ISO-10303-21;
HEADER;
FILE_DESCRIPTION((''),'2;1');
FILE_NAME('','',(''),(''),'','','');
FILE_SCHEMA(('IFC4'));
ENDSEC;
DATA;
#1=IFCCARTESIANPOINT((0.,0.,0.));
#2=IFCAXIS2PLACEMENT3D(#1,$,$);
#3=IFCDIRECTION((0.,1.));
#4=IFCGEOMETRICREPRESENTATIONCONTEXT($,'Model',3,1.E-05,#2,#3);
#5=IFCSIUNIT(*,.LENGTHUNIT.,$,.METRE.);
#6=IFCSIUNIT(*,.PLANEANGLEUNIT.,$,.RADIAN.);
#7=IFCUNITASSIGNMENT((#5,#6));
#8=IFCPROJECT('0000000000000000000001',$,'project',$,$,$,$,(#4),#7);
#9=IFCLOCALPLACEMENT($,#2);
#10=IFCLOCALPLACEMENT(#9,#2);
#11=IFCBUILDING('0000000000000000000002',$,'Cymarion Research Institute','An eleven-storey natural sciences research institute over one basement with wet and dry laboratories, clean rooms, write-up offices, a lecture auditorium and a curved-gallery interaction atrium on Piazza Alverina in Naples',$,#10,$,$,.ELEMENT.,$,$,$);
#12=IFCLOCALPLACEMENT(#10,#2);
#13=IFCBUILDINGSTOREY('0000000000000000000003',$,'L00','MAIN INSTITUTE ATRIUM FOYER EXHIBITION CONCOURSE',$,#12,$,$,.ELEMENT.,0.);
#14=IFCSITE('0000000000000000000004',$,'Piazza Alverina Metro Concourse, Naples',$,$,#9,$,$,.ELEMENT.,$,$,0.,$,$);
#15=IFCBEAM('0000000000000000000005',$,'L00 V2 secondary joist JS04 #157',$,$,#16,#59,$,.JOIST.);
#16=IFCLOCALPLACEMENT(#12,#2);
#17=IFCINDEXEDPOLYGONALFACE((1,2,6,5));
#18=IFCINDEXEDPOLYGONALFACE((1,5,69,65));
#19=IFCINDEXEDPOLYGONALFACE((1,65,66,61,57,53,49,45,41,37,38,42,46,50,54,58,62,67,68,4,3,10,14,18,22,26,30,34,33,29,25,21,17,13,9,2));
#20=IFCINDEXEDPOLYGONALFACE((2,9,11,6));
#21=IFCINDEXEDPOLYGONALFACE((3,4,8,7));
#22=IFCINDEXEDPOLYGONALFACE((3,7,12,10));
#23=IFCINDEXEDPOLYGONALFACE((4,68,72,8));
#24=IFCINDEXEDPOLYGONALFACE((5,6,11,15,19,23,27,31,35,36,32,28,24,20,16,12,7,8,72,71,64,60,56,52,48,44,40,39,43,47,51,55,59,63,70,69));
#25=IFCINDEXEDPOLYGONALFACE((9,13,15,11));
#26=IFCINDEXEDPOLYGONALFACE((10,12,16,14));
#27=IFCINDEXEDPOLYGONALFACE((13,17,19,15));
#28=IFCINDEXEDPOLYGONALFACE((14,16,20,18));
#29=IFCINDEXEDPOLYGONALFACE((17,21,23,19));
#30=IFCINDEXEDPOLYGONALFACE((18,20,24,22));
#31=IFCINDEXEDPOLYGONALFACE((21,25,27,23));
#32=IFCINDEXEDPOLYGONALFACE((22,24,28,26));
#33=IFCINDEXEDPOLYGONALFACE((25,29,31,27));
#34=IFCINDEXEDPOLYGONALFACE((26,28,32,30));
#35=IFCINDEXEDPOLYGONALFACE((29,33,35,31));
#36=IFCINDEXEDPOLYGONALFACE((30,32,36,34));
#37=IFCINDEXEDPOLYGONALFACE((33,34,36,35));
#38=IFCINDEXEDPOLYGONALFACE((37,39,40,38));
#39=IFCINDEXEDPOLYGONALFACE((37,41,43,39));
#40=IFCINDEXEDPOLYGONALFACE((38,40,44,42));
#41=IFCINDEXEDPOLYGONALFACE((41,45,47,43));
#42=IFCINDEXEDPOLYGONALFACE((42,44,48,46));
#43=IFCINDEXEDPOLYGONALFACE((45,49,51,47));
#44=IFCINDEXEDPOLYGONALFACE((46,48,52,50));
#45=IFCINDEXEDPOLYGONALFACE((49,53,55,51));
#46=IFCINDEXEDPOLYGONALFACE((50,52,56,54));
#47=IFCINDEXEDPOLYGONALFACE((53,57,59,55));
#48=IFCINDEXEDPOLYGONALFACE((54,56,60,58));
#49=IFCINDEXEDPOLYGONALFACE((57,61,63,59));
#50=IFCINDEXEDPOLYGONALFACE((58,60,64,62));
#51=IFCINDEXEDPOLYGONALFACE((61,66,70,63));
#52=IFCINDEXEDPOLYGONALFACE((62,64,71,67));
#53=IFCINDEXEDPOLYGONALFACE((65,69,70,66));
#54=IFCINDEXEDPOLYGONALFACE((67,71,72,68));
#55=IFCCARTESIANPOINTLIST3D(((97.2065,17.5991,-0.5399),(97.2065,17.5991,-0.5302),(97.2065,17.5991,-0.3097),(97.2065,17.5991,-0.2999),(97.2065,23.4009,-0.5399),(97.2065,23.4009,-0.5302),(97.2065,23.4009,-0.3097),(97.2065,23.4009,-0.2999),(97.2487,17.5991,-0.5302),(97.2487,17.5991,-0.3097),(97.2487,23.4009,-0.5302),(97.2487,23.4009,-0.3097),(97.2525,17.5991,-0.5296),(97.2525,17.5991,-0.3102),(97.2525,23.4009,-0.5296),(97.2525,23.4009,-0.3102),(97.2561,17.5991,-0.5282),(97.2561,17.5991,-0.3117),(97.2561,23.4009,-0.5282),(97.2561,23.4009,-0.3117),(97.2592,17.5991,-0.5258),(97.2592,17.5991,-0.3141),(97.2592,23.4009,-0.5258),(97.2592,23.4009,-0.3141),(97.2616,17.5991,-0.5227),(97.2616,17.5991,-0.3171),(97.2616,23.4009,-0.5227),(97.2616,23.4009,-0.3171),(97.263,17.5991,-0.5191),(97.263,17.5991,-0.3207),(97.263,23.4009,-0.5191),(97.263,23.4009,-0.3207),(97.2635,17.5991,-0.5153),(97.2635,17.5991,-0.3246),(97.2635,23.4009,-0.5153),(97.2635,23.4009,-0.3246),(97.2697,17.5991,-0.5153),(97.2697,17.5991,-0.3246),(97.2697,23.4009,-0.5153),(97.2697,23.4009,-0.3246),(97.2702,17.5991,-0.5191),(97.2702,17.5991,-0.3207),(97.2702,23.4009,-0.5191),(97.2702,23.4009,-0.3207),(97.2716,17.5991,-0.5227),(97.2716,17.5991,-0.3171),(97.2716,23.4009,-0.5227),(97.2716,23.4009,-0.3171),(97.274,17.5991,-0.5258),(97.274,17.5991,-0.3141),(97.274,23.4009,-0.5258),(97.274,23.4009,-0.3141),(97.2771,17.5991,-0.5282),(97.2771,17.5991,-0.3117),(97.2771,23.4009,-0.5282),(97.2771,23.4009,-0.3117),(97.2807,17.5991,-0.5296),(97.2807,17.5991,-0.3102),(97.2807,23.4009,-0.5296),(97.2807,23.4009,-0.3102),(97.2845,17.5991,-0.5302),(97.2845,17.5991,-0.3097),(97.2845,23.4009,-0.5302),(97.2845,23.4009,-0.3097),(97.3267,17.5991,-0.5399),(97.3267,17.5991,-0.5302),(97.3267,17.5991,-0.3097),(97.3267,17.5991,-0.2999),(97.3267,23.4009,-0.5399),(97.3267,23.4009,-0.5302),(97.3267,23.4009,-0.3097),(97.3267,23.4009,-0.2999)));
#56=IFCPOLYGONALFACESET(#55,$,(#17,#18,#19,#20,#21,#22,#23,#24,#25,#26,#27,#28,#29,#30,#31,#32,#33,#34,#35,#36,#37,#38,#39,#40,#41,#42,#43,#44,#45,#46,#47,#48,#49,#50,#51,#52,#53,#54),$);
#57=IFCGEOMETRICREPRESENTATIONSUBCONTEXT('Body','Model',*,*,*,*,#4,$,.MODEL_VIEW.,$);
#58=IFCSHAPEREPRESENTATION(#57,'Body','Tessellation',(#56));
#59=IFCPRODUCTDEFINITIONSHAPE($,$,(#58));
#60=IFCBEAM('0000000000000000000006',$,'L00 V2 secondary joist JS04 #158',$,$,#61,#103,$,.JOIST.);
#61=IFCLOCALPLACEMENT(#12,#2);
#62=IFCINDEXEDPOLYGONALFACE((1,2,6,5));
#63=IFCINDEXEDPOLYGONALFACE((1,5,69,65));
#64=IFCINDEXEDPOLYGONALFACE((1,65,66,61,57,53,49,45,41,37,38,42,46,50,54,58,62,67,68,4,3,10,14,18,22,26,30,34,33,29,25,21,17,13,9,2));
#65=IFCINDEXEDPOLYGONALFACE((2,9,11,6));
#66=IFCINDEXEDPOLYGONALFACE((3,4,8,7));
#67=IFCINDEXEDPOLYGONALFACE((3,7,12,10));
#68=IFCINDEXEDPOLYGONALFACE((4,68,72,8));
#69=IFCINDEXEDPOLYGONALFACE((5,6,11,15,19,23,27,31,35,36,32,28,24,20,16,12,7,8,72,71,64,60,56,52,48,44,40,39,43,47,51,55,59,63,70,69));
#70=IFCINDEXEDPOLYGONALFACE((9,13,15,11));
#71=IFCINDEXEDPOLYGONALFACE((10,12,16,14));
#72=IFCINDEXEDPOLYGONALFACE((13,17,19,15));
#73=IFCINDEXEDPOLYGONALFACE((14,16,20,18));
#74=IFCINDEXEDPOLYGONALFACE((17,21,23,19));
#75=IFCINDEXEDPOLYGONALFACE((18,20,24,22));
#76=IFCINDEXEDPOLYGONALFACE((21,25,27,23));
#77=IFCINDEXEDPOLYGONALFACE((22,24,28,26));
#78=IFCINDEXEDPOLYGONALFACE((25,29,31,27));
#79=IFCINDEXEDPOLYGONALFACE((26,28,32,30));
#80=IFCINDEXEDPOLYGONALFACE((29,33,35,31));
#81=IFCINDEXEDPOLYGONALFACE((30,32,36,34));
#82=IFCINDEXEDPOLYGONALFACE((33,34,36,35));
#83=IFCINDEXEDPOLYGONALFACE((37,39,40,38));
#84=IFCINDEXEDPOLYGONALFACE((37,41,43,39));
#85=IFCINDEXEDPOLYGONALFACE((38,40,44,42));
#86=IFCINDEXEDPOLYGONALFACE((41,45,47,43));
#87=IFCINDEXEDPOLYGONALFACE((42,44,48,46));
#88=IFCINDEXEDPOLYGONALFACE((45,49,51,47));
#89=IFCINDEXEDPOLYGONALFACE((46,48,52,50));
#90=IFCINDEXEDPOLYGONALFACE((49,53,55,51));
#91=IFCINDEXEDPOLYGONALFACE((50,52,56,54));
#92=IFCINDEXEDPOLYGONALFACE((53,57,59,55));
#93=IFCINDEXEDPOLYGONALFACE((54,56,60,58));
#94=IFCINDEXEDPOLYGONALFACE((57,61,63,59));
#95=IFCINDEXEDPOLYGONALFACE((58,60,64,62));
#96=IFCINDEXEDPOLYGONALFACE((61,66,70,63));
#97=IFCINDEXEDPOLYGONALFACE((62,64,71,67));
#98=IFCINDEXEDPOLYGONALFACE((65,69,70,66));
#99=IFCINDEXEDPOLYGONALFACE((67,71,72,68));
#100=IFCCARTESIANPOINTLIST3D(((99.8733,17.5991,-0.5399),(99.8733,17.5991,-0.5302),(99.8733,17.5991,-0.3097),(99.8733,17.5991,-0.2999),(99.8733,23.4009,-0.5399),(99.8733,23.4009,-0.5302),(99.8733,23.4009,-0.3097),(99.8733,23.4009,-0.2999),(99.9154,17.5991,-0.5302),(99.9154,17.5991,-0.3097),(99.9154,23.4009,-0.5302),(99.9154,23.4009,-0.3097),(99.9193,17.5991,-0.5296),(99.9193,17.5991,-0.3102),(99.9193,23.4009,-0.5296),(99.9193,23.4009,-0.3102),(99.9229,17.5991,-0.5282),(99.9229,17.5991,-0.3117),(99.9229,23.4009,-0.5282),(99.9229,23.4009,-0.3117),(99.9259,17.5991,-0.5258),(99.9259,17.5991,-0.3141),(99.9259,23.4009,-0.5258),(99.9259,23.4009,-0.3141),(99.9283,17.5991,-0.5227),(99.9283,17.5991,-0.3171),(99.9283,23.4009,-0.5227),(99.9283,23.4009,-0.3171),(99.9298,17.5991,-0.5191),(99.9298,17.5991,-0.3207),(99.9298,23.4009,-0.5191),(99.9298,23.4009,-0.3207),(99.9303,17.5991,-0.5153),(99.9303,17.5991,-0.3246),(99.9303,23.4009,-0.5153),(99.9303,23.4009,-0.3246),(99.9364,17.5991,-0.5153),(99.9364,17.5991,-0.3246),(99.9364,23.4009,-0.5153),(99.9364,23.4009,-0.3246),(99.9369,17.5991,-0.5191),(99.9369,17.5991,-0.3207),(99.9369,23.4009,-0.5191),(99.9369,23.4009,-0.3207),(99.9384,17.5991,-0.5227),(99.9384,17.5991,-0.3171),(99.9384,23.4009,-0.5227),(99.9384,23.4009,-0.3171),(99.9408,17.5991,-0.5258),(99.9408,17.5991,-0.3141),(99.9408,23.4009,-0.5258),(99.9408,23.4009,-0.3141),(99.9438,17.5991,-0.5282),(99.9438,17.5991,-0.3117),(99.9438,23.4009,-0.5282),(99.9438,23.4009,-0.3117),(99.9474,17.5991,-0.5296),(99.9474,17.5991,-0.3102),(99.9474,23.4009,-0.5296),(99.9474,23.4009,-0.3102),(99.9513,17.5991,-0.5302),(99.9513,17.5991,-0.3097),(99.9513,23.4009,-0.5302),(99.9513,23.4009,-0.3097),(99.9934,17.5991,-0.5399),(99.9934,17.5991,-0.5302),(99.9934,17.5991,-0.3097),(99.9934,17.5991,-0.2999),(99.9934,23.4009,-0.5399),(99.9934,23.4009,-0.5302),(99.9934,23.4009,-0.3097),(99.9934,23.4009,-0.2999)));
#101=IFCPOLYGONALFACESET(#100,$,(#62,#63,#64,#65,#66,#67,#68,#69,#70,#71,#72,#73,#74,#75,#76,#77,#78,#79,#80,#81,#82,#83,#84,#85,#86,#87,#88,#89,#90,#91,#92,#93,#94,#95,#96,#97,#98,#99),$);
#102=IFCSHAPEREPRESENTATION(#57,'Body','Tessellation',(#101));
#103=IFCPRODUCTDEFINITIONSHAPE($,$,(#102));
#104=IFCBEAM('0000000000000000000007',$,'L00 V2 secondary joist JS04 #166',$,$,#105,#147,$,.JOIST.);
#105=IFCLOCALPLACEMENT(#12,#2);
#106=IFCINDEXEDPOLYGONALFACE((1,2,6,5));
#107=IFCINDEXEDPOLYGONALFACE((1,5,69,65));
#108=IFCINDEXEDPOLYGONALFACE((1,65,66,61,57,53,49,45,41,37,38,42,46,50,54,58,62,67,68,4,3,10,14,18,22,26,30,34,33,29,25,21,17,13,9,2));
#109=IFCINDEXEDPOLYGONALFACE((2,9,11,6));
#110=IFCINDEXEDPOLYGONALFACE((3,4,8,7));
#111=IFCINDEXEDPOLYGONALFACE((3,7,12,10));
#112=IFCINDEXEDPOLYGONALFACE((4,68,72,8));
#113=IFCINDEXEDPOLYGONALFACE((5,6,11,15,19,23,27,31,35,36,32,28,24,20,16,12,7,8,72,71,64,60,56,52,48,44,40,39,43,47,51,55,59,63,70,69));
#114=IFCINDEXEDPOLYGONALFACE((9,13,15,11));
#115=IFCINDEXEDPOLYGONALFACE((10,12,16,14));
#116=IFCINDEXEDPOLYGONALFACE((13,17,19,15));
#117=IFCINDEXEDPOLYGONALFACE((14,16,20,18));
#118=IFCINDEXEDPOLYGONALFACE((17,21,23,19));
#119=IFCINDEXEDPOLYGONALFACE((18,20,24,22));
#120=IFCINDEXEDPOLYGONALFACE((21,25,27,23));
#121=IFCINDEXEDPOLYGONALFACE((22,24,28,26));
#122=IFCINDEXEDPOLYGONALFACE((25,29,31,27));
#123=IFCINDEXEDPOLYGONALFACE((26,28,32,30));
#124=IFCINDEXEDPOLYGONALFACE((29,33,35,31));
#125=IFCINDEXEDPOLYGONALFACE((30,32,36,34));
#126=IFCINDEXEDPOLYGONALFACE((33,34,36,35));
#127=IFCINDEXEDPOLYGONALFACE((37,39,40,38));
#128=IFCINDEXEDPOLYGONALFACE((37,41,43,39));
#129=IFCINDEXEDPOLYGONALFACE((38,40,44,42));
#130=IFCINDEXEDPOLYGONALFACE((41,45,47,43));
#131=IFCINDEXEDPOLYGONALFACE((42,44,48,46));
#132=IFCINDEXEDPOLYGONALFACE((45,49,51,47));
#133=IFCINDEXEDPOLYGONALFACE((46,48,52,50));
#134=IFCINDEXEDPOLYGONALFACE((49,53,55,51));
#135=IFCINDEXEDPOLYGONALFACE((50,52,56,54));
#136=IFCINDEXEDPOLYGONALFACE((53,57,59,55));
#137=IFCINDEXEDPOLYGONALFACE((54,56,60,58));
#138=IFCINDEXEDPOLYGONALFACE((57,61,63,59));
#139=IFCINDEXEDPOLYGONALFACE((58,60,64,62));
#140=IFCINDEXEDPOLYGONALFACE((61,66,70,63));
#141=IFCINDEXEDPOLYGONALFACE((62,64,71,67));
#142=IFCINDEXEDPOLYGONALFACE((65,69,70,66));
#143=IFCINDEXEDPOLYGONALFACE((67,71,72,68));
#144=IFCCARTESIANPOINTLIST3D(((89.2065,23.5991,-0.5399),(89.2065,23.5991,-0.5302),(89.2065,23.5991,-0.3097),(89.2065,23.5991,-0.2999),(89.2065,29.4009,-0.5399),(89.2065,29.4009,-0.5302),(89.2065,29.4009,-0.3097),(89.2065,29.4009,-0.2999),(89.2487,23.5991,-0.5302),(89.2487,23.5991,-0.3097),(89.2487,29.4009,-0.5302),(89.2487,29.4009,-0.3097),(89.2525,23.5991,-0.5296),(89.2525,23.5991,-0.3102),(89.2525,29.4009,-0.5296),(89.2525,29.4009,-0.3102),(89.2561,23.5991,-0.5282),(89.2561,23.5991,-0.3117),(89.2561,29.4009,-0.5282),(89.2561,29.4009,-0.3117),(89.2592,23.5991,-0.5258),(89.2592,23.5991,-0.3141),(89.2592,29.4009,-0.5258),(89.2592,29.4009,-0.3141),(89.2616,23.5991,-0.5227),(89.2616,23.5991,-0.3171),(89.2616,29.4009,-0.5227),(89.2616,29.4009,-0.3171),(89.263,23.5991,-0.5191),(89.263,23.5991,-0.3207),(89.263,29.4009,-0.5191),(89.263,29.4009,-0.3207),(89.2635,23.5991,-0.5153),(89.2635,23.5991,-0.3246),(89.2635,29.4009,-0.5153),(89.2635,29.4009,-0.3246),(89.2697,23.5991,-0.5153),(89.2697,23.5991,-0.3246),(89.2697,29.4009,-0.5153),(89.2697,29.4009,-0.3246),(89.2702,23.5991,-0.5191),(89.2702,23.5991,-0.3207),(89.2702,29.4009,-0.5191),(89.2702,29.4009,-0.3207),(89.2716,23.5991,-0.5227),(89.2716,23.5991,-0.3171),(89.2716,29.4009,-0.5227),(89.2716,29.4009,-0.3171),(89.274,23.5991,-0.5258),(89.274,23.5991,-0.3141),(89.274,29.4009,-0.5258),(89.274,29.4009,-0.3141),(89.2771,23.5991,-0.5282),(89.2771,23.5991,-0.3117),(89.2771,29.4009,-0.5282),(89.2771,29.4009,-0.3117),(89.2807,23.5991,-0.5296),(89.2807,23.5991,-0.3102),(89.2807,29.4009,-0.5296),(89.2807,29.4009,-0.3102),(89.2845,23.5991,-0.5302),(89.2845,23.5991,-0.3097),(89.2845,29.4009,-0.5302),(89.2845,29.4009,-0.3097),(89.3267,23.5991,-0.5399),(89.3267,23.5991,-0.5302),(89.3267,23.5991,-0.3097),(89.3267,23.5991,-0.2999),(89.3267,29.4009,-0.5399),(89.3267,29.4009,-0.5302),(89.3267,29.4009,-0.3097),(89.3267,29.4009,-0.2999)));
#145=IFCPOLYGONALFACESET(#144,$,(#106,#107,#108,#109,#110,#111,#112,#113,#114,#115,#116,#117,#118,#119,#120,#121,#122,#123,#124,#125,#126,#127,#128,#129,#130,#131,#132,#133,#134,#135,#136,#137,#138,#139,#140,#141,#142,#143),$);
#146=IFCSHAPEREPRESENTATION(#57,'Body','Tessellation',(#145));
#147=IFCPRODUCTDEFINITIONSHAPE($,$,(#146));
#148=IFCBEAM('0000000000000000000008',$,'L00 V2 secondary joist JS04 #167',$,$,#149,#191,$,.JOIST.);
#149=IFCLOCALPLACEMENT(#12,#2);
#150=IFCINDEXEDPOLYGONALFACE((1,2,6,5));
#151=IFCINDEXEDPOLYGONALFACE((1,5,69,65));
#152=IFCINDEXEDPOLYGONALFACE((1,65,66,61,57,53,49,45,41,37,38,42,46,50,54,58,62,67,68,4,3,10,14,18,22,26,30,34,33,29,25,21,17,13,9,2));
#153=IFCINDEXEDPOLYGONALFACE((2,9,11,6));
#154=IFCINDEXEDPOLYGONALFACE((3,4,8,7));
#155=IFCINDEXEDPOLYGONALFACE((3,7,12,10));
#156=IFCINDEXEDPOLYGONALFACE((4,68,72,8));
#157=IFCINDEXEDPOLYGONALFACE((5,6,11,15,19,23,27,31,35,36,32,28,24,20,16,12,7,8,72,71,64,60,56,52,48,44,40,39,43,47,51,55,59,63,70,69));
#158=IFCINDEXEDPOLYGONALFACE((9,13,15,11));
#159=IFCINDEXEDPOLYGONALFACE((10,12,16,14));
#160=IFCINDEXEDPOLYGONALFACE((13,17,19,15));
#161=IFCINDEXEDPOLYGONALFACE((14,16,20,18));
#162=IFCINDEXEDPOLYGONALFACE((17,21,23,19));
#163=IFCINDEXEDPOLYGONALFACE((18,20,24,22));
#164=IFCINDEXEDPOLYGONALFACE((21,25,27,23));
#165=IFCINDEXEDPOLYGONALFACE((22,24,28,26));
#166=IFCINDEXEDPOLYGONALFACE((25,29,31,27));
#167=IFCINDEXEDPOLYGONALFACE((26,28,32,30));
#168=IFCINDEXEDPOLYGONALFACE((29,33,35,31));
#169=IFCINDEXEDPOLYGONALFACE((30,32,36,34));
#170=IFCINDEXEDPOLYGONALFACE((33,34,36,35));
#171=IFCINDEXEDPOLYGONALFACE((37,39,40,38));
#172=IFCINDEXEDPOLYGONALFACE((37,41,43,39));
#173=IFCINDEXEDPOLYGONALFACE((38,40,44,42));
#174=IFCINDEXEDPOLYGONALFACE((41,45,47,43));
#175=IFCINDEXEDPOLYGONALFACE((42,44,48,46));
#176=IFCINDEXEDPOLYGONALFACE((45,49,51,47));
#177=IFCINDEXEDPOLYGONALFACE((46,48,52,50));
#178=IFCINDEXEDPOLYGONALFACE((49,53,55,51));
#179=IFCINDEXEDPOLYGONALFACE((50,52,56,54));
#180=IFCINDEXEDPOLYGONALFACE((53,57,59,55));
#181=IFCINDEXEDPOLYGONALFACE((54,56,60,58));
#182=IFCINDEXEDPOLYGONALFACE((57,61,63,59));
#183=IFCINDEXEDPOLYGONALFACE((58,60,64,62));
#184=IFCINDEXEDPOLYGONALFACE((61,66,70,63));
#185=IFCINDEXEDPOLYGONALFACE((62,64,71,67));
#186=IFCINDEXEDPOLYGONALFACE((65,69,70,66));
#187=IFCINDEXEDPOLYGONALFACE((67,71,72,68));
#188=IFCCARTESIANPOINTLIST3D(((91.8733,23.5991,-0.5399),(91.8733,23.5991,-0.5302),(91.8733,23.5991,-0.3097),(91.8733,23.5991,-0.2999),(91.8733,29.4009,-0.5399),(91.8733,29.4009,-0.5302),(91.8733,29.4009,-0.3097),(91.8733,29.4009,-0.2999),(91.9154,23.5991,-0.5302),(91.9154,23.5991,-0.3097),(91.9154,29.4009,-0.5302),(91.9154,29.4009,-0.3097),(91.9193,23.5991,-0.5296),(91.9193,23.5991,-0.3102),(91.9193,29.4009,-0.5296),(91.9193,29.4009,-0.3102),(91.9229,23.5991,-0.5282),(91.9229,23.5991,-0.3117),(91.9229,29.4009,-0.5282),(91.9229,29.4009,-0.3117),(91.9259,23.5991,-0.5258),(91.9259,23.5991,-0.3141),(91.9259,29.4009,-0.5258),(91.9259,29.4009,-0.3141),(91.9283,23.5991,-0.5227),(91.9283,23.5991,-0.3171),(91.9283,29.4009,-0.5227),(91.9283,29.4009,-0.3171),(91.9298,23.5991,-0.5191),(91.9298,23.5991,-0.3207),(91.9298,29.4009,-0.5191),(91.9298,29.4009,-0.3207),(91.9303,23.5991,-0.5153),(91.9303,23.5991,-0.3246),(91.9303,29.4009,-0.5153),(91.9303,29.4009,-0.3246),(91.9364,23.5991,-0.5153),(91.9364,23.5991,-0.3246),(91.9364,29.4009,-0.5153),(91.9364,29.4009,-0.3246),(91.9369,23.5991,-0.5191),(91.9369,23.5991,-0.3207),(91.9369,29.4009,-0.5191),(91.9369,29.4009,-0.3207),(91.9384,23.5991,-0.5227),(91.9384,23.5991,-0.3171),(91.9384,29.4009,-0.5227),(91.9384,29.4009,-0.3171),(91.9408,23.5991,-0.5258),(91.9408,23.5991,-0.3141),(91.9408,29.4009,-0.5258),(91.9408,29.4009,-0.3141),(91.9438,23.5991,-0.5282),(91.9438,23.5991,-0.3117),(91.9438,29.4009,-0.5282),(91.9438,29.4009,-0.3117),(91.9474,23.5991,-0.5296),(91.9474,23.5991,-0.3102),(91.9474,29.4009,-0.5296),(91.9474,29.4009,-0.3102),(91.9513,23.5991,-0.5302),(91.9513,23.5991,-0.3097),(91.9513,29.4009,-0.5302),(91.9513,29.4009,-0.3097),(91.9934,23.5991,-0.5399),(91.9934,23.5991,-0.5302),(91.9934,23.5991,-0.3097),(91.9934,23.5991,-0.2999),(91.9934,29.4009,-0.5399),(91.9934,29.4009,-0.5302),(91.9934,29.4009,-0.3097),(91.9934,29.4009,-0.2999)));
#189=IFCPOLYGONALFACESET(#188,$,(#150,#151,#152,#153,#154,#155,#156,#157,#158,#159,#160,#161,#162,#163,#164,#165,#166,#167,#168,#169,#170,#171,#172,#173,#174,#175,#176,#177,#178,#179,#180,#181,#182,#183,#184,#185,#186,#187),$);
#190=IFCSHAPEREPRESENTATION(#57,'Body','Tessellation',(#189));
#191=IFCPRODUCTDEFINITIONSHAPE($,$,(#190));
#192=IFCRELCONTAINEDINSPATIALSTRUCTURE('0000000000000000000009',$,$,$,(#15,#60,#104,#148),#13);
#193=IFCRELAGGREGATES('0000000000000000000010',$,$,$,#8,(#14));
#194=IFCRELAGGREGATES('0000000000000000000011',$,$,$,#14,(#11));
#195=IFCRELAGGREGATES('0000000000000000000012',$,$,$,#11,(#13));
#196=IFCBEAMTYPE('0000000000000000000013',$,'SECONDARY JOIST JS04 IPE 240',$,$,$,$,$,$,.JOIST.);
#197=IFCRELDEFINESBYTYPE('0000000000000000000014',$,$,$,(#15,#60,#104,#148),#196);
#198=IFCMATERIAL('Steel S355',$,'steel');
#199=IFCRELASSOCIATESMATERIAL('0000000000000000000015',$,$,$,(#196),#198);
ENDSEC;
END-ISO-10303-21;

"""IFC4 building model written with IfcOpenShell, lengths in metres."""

from ifc_helpers import new_model, si_unit, direction, frame, origin, origin_2d, place, context, subcontext, project, spatial, i_section, extrude, material, material_profile, profile_set, type_object, element, save


model = new_model("IFC4")

# Units and contexts
model_context = context("Model", 3, precision=1e-05, world=origin(), true_north=direction((0.0, 1.0)))
body_context = subcontext(model_context, "Body", "Model", "MODEL_VIEW")
ifc_project = project(units=[si_unit("LENGTHUNIT", "METRE"), si_unit("PLANEANGLEUNIT", "RADIAN")], contexts=[model_context])

# Site, building, storey
site_placement = place(None, origin())
site = spatial("IfcSite", under=ifc_project, at=site_placement, Name="Piazza Alverina Metro Concourse, Naples", CompositionType="ELEMENT", RefElevation=0.0)
building_placement = place(site_placement, origin())
building = spatial("IfcBuilding", under=site, at=building_placement, Name="Cymarion Research Institute", Description="An eleven-storey natural sciences research institute over one basement with wet and dry laboratories, clean rooms, write-up offices, a lecture auditorium and a curved-gallery interaction atrium on Piazza Alverina in Naples", CompositionType="ELEMENT")
storey_placement = place(building_placement, origin())
storey = spatial("IfcBuildingStorey", under=building, at=storey_placement, Name="L00", Description="MAIN INSTITUTE ATRIUM FOYER EXHIBITION CONCOURSE", CompositionType="ELEMENT", Elevation=0.0)

# Shared definitions
ifc_material_1 = material(Name="Steel S355", Category="steel")

# Beams
ifc_material_profile_1 = material_profile(ifc_material_1, i_section(OverallWidth=0.1201, OverallDepth=0.24, WebThickness=0.0061, FlangeThickness=0.0098, FilletRadius=0.0149, at=origin_2d()), Name="IPE 240")
ifc_profile_set_1 = profile_set([ifc_material_profile_1], Name="Steel S355")
beam_type_1 = type_object("IfcBeamType", Name="SECONDARY JOIST JS04 IPE 240", PredefinedType="JOIST", material=ifc_profile_set_1)
for number, where, z_axis, x_axis, name in (
    (1, (97.2666, 17.5991, -0.4199), (0.0, 1.0, 0.0), (-1.0, 0.0, 0.0), "L00 V2 secondary joist JS04 #157"),
    (2, (99.9333, 17.5991, -0.4199), (0.0, 1.0, 0.0), (-1.0, 0.0, 0.0), "L00 V2 secondary joist JS04 #158"),
    (3, (89.2666, 23.5991, -0.4199), (0.0, 1.0, 0.0), (-1.0, 0.0, 0.0), "L00 V2 secondary joist JS04 #166"),
    (4, (91.9333, 23.5991, -0.4199), (0.0, 1.0, 0.0), (-1.0, 0.0, 0.0), "L00 V2 secondary joist JS04 #167"),
):
    element("IfcBeam", number, at=place(storey_placement, frame(where, z_axis=z_axis, x_axis=x_axis)), inside=storey, type_object=beam_type_1, Name=name, PredefinedType="JOIST", context=body_context, shape_type="SweptSolid", body=[
        extrude(i_section(OverallWidth=0.1201, OverallDepth=0.24, WebThickness=0.0061, FlangeThickness=0.0098, FilletRadius=0.0149, at=origin_2d()), origin(), (0.0, 0.0, 1.0), 5.8018),
    ])

save(model, "model.ifc")
